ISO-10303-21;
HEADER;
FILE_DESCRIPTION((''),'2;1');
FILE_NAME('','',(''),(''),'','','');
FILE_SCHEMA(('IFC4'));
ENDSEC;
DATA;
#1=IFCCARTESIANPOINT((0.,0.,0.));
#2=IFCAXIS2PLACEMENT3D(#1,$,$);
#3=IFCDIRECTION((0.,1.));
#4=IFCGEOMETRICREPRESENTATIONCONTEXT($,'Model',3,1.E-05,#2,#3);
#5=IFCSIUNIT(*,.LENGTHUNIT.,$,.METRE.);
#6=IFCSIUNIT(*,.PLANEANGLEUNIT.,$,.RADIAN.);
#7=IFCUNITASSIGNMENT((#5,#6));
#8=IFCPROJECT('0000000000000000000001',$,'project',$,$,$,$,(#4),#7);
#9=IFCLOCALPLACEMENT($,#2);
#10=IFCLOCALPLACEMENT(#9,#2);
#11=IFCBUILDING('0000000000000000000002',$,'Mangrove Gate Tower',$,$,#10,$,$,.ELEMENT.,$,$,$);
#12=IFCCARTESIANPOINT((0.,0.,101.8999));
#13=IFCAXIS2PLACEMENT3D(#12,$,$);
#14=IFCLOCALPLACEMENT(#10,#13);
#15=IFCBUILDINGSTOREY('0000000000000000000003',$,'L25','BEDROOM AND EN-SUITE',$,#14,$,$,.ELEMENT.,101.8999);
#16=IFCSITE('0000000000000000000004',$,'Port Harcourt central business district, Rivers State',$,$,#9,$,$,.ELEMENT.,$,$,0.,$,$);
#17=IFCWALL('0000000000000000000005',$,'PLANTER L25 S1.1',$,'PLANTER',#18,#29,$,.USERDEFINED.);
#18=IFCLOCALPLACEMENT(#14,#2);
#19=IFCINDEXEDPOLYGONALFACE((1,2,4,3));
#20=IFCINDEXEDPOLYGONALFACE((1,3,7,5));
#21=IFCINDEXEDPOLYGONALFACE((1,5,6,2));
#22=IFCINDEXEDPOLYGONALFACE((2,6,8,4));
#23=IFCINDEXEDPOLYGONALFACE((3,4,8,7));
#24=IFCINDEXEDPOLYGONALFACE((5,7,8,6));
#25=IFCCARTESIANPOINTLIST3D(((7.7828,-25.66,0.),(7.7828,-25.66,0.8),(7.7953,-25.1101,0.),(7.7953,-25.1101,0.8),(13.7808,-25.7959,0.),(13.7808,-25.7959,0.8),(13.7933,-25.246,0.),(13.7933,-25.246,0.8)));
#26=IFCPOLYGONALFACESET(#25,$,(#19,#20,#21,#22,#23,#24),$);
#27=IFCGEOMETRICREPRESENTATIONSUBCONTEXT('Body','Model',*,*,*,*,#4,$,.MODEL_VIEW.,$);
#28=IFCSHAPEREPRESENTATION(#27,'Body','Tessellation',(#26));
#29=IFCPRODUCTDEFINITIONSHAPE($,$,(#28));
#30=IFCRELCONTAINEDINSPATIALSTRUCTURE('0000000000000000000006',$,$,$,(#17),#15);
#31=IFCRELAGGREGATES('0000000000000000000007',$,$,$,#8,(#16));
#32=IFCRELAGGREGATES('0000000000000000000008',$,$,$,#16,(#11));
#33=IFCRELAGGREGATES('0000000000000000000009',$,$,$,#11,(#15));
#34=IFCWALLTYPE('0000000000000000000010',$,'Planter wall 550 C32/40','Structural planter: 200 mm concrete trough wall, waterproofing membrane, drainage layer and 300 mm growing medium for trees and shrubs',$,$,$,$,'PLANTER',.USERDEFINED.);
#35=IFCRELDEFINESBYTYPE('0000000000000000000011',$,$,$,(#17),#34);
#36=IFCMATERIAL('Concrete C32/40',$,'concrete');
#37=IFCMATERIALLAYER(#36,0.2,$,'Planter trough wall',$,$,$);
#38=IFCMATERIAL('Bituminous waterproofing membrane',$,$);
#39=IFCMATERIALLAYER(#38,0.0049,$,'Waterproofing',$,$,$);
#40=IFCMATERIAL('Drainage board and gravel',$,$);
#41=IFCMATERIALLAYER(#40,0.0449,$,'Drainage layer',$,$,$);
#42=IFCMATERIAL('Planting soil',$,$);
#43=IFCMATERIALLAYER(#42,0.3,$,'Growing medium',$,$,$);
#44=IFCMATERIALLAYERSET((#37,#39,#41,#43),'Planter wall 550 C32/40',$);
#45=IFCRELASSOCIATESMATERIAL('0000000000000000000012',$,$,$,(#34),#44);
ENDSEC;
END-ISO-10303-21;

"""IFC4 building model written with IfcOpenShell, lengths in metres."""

from ifc_helpers import new_model, si_unit, direction, frame, frame_2d, origin, place, context, subcontext, project, spatial, rectangle, extrude, material, layer, layer_set, type_object, element, save


model = new_model("IFC4")

# Units and contexts
model_context = context("Model", 3, precision=1e-05, world=origin(), true_north=direction((0.0, 1.0)))
body_context = subcontext(model_context, "Body", "Model", "MODEL_VIEW")
ifc_project = project(units=[si_unit("LENGTHUNIT", "METRE"), si_unit("PLANEANGLEUNIT", "RADIAN")], contexts=[model_context])

# Site, building, storey
site_placement = place(None, origin())
site = spatial("IfcSite", under=ifc_project, at=site_placement, Name="Port Harcourt central business district, Rivers State", CompositionType="ELEMENT", RefElevation=0.0)
building_placement = place(site_placement, origin())
building = spatial("IfcBuilding", under=site, at=building_placement, Name="Mangrove Gate Tower", CompositionType="ELEMENT")
storey_placement = place(building_placement, frame((0.0, 0.0, 101.8999)))
storey = spatial("IfcBuildingStorey", under=building, at=storey_placement, Name="L25", Description="BEDROOM AND EN-SUITE", CompositionType="ELEMENT", Elevation=101.8999)

# Wall
ifc_material_1 = material(Name="Concrete C32/40", Category="concrete")
ifc_layer_1 = layer(ifc_material_1, 0.2, Name="Planter trough wall")
ifc_material_2 = material(Name="Bituminous waterproofing membrane")
ifc_layer_2 = layer(ifc_material_2, 0.0049, Name="Waterproofing")
ifc_material_3 = material(Name="Drainage board and gravel")
ifc_layer_3 = layer(ifc_material_3, 0.0449, Name="Drainage layer")
ifc_material_4 = material(Name="Planting soil")
ifc_layer_4 = layer(ifc_material_4, 0.3, Name="Growing medium")
ifc_layer_set_1 = layer_set([ifc_layer_1, ifc_layer_2, ifc_layer_3, ifc_layer_4], Name="Planter wall 550 C32/40")
wall_type_1 = type_object("IfcWallType", Name="Planter wall 550 C32/40", Description="Structural planter: 200 mm concrete trough wall, waterproofing membrane, drainage layer and 300 mm growing medium for trees and shrubs", ElementType="PLANTER", PredefinedType="USERDEFINED", material=ifc_layer_set_1)
wall_1_placement = place(storey_placement, frame((7.7891, -25.385, 0.0), z_axis=(0.0, 0.0, 1.0), x_axis=(0.999743, -0.022666, 0.0)))
element("IfcWall", 1, at=wall_1_placement, inside=storey, type_object=wall_type_1, Name="PLANTER L25 S1.1", ObjectType="PLANTER", PredefinedType="USERDEFINED", context=body_context, shape_type="SweptSolid", body=[
    extrude(rectangle(XDim=5.9995, YDim=0.55, at=frame_2d((2.9998, 0.0))), origin(), (0.0, 0.0, 1.0), 0.8),
])

save(model, "model.ifc")
